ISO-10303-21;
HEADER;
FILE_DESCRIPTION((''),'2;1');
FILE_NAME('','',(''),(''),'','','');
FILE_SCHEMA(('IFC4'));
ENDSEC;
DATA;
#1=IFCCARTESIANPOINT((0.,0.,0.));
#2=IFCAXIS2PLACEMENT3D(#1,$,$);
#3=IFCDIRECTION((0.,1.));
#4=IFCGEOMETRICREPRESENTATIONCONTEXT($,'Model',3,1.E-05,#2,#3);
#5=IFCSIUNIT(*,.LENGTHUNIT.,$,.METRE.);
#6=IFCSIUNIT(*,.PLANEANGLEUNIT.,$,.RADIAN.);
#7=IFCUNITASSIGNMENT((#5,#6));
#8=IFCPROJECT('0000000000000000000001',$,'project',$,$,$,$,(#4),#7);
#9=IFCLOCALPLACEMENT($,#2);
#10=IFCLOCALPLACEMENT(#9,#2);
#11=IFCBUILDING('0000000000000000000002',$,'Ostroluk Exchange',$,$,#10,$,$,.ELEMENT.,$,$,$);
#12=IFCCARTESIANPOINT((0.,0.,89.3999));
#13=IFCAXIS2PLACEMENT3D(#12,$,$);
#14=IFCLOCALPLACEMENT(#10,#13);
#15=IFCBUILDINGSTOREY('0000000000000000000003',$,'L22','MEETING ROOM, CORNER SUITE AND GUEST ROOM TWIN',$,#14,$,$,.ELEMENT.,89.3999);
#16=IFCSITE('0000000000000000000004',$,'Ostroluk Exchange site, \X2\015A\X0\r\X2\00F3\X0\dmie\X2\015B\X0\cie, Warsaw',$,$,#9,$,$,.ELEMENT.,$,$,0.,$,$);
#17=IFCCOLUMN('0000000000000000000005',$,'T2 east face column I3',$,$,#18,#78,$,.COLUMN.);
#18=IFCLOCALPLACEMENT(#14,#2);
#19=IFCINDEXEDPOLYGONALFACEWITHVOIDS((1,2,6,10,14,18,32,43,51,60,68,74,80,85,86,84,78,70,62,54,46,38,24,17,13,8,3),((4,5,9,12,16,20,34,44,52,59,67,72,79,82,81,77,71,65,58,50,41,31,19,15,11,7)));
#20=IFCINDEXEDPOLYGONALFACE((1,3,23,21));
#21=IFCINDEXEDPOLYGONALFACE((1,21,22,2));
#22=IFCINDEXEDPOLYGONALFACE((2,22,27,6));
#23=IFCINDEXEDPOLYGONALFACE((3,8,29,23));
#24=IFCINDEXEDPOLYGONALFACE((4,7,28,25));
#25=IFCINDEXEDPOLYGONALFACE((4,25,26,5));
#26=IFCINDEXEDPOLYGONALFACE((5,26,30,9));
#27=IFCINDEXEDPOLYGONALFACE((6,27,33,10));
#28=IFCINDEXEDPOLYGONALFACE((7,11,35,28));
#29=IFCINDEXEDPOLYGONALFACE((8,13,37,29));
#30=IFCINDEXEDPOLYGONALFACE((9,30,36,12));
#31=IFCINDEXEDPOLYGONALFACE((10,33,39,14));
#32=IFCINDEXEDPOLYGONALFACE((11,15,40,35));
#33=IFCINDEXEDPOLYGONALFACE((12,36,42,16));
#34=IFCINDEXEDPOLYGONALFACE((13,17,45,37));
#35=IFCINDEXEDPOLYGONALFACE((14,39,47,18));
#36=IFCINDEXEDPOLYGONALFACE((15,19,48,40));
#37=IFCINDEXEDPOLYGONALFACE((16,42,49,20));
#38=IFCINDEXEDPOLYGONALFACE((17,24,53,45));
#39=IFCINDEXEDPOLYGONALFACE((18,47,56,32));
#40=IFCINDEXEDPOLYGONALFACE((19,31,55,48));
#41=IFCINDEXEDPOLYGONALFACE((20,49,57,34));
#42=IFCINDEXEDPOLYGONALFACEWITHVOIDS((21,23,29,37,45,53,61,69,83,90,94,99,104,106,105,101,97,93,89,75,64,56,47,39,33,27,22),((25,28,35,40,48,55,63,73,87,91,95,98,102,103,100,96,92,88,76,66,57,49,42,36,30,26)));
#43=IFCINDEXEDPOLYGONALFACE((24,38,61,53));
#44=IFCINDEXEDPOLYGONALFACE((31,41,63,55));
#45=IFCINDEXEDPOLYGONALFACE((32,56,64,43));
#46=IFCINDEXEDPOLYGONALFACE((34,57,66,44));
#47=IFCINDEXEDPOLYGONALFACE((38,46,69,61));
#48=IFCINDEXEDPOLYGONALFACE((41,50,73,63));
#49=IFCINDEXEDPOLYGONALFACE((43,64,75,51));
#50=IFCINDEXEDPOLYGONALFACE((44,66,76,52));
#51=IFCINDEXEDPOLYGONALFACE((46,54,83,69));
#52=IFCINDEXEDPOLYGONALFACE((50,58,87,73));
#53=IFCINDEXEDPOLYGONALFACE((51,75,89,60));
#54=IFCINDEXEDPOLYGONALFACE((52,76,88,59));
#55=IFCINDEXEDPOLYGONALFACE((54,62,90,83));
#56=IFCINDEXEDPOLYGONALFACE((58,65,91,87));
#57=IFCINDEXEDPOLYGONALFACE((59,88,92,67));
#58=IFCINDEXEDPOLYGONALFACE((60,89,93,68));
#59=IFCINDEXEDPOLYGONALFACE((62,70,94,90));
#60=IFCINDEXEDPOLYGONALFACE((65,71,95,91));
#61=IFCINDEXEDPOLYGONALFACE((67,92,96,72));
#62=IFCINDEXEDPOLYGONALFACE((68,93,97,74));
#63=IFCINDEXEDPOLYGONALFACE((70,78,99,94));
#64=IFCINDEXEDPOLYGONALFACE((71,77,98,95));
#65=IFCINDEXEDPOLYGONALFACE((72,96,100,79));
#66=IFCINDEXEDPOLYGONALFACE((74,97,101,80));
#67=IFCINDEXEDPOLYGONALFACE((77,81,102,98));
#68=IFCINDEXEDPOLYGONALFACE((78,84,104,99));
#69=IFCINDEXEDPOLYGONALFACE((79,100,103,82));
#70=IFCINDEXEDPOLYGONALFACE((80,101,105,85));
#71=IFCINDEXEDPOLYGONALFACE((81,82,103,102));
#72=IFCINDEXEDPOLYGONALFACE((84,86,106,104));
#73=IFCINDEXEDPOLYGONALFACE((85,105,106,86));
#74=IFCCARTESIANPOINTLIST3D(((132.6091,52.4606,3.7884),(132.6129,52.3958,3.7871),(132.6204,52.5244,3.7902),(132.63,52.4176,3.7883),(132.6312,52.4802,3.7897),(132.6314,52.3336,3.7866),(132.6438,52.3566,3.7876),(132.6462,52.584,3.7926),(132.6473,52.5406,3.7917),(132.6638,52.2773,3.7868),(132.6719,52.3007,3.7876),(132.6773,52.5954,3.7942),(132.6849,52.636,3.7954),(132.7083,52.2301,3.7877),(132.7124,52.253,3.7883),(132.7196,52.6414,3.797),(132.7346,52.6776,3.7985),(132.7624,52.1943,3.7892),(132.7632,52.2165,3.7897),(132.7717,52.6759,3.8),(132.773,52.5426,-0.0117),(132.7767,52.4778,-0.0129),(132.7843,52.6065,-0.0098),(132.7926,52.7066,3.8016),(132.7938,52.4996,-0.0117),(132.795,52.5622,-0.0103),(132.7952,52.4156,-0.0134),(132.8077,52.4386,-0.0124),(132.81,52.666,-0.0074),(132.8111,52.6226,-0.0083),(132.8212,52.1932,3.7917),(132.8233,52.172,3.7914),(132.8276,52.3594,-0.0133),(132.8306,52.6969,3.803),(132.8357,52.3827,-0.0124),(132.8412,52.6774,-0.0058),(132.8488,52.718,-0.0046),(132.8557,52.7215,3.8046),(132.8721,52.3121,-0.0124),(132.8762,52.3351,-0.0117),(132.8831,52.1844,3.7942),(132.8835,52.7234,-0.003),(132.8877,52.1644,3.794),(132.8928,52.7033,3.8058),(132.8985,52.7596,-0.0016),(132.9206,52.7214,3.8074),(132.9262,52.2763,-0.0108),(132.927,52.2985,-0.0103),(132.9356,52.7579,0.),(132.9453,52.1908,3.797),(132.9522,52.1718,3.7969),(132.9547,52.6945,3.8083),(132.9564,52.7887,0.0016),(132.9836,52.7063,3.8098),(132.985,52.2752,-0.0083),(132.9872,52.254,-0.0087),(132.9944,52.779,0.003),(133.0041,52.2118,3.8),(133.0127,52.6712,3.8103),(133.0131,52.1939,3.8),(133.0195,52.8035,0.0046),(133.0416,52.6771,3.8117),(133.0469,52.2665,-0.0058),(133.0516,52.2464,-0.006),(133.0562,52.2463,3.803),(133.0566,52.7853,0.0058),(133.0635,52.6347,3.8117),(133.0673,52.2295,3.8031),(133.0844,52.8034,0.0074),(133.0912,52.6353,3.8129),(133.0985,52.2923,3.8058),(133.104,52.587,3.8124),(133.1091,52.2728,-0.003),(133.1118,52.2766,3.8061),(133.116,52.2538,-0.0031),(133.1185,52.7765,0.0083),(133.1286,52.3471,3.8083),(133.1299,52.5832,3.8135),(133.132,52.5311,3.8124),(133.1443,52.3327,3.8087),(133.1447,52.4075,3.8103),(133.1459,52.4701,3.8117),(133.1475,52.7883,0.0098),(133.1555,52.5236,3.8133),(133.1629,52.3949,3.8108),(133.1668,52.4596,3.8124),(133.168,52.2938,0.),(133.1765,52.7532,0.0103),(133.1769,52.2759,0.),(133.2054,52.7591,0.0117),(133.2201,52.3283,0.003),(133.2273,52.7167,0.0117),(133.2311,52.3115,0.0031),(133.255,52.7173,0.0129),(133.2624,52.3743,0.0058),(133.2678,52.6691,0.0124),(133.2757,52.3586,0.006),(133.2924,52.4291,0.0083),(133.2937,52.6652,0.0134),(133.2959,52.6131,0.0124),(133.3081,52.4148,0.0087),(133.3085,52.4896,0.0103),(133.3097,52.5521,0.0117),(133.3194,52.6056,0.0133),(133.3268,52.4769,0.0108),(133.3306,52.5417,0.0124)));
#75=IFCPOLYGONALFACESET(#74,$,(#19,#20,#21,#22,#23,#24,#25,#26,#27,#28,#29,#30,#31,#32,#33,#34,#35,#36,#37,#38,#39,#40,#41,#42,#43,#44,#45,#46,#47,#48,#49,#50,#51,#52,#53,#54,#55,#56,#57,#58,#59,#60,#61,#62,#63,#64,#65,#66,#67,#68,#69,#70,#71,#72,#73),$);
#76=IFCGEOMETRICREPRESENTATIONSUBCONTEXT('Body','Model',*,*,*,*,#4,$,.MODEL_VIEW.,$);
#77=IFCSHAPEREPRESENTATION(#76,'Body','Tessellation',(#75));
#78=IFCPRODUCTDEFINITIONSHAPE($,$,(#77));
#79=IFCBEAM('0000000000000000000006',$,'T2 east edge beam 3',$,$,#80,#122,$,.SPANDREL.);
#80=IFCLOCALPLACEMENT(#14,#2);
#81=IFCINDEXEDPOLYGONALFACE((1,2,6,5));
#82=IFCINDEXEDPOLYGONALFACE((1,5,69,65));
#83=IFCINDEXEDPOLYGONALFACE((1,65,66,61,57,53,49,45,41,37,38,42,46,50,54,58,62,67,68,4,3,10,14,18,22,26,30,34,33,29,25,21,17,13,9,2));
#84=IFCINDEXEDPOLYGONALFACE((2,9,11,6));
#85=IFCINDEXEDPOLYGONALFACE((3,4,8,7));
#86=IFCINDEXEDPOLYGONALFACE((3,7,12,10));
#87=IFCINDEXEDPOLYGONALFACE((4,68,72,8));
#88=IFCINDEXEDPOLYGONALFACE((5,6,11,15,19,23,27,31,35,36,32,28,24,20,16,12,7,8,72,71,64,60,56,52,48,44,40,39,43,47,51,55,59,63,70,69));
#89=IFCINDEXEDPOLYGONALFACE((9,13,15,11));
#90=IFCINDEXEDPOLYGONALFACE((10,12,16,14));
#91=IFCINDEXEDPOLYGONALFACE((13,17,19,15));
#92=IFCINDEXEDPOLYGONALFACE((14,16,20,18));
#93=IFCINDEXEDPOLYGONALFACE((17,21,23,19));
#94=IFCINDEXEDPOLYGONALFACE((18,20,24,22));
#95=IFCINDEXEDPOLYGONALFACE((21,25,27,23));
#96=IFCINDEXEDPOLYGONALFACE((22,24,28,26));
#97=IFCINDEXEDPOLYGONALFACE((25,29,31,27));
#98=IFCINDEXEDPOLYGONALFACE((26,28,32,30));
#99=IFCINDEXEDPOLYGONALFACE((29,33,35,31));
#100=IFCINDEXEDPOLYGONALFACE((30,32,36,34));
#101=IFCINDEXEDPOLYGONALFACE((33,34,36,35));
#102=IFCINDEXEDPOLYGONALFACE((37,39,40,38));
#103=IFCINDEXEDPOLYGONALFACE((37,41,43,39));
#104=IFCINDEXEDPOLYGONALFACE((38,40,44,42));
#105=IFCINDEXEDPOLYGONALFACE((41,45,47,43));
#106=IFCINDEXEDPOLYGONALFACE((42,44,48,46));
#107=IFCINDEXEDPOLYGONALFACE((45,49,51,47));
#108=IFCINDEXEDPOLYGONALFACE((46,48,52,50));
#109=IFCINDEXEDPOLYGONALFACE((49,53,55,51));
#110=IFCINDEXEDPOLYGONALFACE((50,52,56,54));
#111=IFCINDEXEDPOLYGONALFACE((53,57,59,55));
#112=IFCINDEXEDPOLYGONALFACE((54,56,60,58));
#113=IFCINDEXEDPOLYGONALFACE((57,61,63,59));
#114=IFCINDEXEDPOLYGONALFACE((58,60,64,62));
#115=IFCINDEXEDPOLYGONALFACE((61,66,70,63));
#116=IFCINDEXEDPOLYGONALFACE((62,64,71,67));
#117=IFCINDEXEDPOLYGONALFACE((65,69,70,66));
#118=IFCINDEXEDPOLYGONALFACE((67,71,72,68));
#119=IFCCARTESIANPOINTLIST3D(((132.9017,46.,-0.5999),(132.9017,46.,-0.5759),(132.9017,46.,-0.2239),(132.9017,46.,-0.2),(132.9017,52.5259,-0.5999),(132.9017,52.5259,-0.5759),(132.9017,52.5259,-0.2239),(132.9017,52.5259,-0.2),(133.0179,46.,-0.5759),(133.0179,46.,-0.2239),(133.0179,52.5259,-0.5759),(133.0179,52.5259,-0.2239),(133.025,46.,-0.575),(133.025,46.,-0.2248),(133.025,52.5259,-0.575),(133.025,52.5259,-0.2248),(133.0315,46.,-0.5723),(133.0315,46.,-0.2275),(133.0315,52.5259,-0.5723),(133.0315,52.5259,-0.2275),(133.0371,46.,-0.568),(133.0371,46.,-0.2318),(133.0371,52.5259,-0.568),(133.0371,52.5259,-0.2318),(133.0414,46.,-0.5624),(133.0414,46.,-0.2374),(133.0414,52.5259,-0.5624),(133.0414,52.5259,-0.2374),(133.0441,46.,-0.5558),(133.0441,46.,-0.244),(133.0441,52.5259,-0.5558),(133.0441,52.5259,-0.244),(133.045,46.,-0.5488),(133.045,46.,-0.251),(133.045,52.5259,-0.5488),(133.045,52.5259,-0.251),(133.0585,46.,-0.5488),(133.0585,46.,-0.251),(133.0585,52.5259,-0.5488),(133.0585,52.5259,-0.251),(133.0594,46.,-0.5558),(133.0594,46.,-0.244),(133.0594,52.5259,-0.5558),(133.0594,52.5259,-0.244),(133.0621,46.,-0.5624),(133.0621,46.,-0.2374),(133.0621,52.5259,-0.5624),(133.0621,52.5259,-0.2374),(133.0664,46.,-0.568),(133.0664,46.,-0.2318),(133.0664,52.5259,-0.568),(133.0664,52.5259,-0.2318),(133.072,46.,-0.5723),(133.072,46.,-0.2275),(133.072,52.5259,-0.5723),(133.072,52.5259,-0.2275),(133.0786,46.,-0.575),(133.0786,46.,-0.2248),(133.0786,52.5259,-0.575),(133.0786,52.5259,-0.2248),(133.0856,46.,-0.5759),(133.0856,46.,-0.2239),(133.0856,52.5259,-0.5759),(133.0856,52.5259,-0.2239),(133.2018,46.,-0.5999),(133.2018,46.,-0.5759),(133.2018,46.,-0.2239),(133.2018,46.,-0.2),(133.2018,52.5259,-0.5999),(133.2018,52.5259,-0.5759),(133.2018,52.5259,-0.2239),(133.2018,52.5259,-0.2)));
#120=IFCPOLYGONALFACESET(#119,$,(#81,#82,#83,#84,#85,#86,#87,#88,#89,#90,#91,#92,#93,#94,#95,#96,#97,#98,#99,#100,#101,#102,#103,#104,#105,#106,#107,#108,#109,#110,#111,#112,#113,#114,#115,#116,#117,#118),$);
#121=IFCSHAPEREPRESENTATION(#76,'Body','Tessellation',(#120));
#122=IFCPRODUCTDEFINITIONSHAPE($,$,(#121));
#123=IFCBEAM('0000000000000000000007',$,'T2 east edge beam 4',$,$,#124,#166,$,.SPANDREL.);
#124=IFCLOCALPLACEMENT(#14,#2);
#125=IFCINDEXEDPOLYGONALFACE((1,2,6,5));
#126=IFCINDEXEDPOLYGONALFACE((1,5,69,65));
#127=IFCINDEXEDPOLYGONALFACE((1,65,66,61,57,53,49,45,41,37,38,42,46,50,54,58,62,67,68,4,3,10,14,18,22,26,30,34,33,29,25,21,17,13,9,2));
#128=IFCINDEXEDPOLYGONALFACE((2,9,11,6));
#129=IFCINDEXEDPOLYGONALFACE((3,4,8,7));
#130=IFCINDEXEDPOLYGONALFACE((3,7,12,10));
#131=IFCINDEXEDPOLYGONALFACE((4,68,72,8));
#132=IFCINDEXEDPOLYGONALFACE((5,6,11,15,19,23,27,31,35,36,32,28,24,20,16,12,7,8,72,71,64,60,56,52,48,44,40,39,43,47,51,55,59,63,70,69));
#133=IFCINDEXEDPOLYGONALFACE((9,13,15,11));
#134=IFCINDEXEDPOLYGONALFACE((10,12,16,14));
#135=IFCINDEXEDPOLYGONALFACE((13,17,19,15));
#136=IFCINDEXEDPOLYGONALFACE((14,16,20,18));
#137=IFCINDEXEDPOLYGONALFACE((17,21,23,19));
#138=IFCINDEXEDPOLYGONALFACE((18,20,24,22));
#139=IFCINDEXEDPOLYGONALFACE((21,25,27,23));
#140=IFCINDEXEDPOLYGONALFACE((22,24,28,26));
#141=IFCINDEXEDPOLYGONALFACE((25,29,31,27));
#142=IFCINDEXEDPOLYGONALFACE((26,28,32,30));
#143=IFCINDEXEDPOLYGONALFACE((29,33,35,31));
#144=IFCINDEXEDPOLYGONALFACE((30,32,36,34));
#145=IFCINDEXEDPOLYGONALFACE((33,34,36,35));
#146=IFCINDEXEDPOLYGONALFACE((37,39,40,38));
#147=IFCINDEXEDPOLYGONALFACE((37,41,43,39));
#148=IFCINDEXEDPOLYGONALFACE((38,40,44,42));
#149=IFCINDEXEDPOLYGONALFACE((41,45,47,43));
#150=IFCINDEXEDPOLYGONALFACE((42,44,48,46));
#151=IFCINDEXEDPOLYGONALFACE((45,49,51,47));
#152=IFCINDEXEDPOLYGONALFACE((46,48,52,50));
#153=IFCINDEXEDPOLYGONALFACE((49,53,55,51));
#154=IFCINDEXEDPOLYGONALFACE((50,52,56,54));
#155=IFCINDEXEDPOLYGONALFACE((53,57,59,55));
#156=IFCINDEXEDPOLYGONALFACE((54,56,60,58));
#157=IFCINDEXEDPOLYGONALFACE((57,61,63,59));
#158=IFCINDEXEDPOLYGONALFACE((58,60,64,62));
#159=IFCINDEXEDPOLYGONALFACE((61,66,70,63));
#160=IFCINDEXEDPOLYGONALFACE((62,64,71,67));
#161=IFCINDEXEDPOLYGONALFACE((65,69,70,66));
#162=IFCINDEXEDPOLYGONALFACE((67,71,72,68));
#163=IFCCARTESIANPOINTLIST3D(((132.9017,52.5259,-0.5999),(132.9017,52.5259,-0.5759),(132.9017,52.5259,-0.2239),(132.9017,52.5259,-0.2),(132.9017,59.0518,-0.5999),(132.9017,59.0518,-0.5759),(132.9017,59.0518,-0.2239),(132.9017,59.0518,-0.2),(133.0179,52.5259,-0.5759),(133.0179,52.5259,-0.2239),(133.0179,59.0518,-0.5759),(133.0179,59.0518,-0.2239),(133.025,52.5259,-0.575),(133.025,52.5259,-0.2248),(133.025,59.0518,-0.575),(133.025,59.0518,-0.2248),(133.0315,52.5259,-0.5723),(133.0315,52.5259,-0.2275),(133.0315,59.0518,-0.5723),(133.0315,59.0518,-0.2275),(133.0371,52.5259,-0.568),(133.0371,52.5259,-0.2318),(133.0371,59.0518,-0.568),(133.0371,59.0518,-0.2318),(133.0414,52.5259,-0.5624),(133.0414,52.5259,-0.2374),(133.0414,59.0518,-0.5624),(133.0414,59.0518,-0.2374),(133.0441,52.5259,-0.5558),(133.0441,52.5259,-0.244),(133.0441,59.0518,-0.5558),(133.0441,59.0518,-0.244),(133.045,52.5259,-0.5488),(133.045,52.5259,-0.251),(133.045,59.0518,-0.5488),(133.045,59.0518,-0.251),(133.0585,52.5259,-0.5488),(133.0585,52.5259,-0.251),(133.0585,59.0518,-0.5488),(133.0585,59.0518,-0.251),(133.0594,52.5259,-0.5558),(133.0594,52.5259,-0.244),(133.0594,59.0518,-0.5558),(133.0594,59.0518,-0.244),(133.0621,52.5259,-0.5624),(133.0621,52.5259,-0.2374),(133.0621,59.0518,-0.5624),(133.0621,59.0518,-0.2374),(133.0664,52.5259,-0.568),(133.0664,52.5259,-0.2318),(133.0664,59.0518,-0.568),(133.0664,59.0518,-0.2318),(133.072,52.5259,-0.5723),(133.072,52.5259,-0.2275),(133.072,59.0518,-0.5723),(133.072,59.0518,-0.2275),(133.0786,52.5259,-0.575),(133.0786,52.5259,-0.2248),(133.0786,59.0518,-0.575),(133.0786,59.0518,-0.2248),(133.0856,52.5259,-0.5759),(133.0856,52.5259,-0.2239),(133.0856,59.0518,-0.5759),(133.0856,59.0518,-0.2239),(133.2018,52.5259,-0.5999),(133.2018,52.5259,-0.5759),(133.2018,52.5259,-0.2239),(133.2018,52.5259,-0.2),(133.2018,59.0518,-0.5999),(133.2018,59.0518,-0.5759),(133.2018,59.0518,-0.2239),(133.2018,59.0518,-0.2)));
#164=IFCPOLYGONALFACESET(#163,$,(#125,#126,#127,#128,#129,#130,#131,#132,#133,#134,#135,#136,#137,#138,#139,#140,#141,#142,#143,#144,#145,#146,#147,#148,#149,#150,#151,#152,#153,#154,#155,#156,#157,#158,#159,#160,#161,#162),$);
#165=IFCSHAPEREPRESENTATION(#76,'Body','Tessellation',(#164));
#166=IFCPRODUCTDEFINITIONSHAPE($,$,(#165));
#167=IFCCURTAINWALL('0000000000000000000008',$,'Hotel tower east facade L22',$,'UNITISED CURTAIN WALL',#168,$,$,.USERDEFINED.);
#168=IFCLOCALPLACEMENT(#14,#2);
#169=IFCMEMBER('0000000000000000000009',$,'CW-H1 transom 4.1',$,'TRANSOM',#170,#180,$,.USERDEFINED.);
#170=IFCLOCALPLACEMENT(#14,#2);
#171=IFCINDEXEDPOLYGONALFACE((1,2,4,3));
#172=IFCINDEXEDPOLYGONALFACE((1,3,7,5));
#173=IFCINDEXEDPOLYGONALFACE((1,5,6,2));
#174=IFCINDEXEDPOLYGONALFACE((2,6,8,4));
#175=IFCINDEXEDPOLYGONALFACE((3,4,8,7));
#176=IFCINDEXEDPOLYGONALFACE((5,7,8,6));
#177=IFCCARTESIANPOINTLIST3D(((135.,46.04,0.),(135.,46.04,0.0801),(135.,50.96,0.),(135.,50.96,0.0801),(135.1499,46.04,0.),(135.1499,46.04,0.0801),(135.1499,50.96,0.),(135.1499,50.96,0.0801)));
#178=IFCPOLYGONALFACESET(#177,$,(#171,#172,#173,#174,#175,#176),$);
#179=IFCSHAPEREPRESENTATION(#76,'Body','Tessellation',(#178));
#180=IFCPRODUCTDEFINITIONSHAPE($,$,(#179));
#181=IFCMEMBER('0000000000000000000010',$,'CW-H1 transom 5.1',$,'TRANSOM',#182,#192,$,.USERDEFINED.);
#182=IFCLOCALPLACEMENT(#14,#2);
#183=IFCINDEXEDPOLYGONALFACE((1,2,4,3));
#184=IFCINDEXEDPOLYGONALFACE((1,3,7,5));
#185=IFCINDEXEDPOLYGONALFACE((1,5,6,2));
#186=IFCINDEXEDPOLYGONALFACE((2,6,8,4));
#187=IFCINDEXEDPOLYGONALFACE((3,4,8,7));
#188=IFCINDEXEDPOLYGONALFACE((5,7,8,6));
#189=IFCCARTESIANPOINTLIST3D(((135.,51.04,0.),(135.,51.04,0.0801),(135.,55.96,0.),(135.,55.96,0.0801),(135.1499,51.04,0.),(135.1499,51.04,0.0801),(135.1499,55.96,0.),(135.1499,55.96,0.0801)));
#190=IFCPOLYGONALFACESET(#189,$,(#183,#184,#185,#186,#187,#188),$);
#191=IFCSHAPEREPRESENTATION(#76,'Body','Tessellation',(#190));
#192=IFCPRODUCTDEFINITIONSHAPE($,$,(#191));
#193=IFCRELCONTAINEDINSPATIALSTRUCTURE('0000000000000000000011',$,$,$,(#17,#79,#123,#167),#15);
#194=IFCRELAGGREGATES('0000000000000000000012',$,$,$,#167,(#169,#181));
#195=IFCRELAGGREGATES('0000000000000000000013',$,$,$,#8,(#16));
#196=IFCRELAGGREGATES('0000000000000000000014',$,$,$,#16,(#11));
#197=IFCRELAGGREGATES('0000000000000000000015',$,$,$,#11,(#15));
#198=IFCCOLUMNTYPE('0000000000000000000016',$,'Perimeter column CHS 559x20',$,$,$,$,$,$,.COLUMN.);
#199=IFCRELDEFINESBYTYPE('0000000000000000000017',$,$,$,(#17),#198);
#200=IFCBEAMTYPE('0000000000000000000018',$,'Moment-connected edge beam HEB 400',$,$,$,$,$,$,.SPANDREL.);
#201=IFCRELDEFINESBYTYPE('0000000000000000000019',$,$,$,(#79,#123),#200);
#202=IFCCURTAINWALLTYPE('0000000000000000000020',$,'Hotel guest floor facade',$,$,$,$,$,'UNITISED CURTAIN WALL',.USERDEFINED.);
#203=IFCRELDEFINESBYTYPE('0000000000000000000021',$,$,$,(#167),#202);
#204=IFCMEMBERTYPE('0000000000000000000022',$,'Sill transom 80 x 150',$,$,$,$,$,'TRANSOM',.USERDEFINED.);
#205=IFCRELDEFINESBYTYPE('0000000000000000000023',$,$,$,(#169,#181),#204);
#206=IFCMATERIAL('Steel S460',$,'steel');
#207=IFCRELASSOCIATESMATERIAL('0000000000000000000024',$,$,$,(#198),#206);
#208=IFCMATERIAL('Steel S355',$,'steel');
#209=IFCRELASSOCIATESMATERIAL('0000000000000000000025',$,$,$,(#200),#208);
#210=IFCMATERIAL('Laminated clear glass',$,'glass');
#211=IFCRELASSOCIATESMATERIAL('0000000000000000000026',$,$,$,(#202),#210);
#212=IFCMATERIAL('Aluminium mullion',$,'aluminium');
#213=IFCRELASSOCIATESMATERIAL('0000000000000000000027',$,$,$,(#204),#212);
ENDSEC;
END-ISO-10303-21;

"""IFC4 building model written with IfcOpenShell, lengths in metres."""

from ifc_helpers import new_model, si_unit, direction, frame, origin, origin_2d, place, context, subcontext, project, spatial, rectangle, hollow_circle, i_section, extrude, material, material_profile, profile_set, type_object, element, aggregate, save


model = new_model("IFC4")

# Units and contexts
model_context = context("Model", 3, precision=1e-05, world=origin(), true_north=direction((0.0, 1.0)))
body_context = subcontext(model_context, "Body", "Model", "MODEL_VIEW")
ifc_project = project(units=[si_unit("LENGTHUNIT", "METRE"), si_unit("PLANEANGLEUNIT", "RADIAN")], contexts=[model_context])

# Site, building, storey
site_placement = place(None, origin())
site = spatial("IfcSite", under=ifc_project, at=site_placement, Name="Ostroluk Exchange site, Śródmieście, Warsaw", CompositionType="ELEMENT", RefElevation=0.0)
building_placement = place(site_placement, origin())
building = spatial("IfcBuilding", under=site, at=building_placement, Name="Ostroluk Exchange", CompositionType="ELEMENT")
storey_placement = place(building_placement, frame((0.0, 0.0, 89.3999)))
storey = spatial("IfcBuildingStorey", under=building, at=storey_placement, Name="L22", Description="MEETING ROOM, CORNER SUITE AND GUEST ROOM TWIN", CompositionType="ELEMENT", Elevation=89.3999)

# Column
ifc_material_1 = material(Name="Steel S460", Category="steel")
ifc_material_profile_1 = material_profile(ifc_material_1, hollow_circle(Radius=0.2795, WallThickness=0.02, at=origin_2d()), Name="CHS 559x20")
ifc_profile_set_1 = profile_set([ifc_material_profile_1], Name="Steel S460")
column_type = type_object("IfcColumnType", Name="Perimeter column CHS 559x20", PredefinedType="COLUMN", material=ifc_profile_set_1)
column_placement = place(storey_placement, frame((133.0518, 52.5259, 0.0), z_axis=(-0.04306, -0.021562, 0.99884), x_axis=(0.447747, -0.894161, 0.0)))
element("IfcColumn", 1, at=column_placement, inside=storey, type_object=column_type, Name="T2 east face column I3", PredefinedType="COLUMN", context=body_context, shape_type="SweptSolid", body=[
    extrude(hollow_circle(Radius=0.2795, WallThickness=0.02, at=origin_2d()), origin(), (0.0, 0.0, 1.0), 3.8044),
])

# Beams
ifc_material_2 = material(Name="Steel S355", Category="steel")
ifc_material_profile_2 = material_profile(ifc_material_2, i_section(OverallWidth=0.3, OverallDepth=0.3999, WebThickness=0.0134, FlangeThickness=0.0239, FilletRadius=0.0271, at=origin_2d()), Name="HEB 400")
ifc_profile_set_2 = profile_set([ifc_material_profile_2], Name="Steel S355")
beam_type = type_object("IfcBeamType", Name="Moment-connected edge beam HEB 400", PredefinedType="SPANDREL", material=ifc_profile_set_2)
for number, where, z_axis, x_axis, name in (
    (2, (133.0518, 46.0, -0.3999), (0.0, 1.0, 0.0), (-1.0, 0.0, 0.0), "T2 east edge beam 3"),
    (3, (133.0518, 52.5259, -0.3999), (0.0, 1.0, 0.0), (-1.0, 0.0, 0.0), "T2 east edge beam 4"),
):
    element("IfcBeam", number, at=place(storey_placement, frame(where, z_axis=z_axis, x_axis=x_axis)), inside=storey, type_object=beam_type, Name=name, PredefinedType="SPANDREL", context=body_context, shape_type="SweptSolid", body=[
        extrude(i_section(OverallWidth=0.3, OverallDepth=0.3999, WebThickness=0.0134, FlangeThickness=0.0239, FilletRadius=0.0271, at=origin_2d()), origin(), (0.0, 0.0, 1.0), 6.5259),
    ])

# Curtain wall, members
ifc_material_3 = material(Name="Laminated clear glass", Category="glass")
curtain_wall_type = type_object("IfcCurtainWallType", Name="Hotel guest floor facade", ElementType="UNITISED CURTAIN WALL", PredefinedType="USERDEFINED", material=ifc_material_3)
curtain_wall_placement = place(storey_placement, origin())
curtain_wall = element("IfcCurtainWall", 4, at=curtain_wall_placement, inside=storey, type_object=curtain_wall_type, Name="Hotel tower east facade L22", ObjectType="UNITISED CURTAIN WALL", PredefinedType="USERDEFINED")
ifc_material_4 = material(Name="Aluminium mullion", Category="aluminium")
ifc_material_profile_3 = material_profile(ifc_material_4, rectangle(XDim=0.1499, YDim=0.0801, at=origin_2d()), Name="Sill transom 80 x 150")
ifc_profile_set_3 = profile_set([ifc_material_profile_3], Name="Aluminium mullion")
member_type_1 = type_object("IfcMemberType", Name="Sill transom 80 x 150", ElementType="TRANSOM", PredefinedType="USERDEFINED", material=ifc_profile_set_3)
member_1_placement = place(storey_placement, frame((135.075, 46.04, 0.04), z_axis=(0.0, 1.0, 0.0), x_axis=(-1.0, 0.0, 0.0)))
member_1 = element("IfcMember", 5, at=member_1_placement, type_object=member_type_1, Name="CW-H1 transom 4.1", ObjectType="TRANSOM", PredefinedType="USERDEFINED", context=body_context, shape_type="SweptSolid", body=[
    extrude(rectangle(XDim=0.1499, YDim=0.0801, at=origin_2d()), origin(), (0.0, 0.0, 1.0), 4.9199),
])
member_2_placement = place(storey_placement, frame((135.075, 51.04, 0.04), z_axis=(0.0, 1.0, 0.0), x_axis=(-1.0, 0.0, 0.0)))
member_2 = element("IfcMember", 6, at=member_2_placement, type_object=member_type_1, Name="CW-H1 transom 5.1", ObjectType="TRANSOM", PredefinedType="USERDEFINED", context=body_context, shape_type="SweptSolid", body=[
    extrude(rectangle(XDim=0.1499, YDim=0.0801, at=origin_2d()), origin(), (0.0, 0.0, 1.0), 4.9199),
])
aggregate(curtain_wall, [member_1, member_2])

save(model, "model.ifc")
